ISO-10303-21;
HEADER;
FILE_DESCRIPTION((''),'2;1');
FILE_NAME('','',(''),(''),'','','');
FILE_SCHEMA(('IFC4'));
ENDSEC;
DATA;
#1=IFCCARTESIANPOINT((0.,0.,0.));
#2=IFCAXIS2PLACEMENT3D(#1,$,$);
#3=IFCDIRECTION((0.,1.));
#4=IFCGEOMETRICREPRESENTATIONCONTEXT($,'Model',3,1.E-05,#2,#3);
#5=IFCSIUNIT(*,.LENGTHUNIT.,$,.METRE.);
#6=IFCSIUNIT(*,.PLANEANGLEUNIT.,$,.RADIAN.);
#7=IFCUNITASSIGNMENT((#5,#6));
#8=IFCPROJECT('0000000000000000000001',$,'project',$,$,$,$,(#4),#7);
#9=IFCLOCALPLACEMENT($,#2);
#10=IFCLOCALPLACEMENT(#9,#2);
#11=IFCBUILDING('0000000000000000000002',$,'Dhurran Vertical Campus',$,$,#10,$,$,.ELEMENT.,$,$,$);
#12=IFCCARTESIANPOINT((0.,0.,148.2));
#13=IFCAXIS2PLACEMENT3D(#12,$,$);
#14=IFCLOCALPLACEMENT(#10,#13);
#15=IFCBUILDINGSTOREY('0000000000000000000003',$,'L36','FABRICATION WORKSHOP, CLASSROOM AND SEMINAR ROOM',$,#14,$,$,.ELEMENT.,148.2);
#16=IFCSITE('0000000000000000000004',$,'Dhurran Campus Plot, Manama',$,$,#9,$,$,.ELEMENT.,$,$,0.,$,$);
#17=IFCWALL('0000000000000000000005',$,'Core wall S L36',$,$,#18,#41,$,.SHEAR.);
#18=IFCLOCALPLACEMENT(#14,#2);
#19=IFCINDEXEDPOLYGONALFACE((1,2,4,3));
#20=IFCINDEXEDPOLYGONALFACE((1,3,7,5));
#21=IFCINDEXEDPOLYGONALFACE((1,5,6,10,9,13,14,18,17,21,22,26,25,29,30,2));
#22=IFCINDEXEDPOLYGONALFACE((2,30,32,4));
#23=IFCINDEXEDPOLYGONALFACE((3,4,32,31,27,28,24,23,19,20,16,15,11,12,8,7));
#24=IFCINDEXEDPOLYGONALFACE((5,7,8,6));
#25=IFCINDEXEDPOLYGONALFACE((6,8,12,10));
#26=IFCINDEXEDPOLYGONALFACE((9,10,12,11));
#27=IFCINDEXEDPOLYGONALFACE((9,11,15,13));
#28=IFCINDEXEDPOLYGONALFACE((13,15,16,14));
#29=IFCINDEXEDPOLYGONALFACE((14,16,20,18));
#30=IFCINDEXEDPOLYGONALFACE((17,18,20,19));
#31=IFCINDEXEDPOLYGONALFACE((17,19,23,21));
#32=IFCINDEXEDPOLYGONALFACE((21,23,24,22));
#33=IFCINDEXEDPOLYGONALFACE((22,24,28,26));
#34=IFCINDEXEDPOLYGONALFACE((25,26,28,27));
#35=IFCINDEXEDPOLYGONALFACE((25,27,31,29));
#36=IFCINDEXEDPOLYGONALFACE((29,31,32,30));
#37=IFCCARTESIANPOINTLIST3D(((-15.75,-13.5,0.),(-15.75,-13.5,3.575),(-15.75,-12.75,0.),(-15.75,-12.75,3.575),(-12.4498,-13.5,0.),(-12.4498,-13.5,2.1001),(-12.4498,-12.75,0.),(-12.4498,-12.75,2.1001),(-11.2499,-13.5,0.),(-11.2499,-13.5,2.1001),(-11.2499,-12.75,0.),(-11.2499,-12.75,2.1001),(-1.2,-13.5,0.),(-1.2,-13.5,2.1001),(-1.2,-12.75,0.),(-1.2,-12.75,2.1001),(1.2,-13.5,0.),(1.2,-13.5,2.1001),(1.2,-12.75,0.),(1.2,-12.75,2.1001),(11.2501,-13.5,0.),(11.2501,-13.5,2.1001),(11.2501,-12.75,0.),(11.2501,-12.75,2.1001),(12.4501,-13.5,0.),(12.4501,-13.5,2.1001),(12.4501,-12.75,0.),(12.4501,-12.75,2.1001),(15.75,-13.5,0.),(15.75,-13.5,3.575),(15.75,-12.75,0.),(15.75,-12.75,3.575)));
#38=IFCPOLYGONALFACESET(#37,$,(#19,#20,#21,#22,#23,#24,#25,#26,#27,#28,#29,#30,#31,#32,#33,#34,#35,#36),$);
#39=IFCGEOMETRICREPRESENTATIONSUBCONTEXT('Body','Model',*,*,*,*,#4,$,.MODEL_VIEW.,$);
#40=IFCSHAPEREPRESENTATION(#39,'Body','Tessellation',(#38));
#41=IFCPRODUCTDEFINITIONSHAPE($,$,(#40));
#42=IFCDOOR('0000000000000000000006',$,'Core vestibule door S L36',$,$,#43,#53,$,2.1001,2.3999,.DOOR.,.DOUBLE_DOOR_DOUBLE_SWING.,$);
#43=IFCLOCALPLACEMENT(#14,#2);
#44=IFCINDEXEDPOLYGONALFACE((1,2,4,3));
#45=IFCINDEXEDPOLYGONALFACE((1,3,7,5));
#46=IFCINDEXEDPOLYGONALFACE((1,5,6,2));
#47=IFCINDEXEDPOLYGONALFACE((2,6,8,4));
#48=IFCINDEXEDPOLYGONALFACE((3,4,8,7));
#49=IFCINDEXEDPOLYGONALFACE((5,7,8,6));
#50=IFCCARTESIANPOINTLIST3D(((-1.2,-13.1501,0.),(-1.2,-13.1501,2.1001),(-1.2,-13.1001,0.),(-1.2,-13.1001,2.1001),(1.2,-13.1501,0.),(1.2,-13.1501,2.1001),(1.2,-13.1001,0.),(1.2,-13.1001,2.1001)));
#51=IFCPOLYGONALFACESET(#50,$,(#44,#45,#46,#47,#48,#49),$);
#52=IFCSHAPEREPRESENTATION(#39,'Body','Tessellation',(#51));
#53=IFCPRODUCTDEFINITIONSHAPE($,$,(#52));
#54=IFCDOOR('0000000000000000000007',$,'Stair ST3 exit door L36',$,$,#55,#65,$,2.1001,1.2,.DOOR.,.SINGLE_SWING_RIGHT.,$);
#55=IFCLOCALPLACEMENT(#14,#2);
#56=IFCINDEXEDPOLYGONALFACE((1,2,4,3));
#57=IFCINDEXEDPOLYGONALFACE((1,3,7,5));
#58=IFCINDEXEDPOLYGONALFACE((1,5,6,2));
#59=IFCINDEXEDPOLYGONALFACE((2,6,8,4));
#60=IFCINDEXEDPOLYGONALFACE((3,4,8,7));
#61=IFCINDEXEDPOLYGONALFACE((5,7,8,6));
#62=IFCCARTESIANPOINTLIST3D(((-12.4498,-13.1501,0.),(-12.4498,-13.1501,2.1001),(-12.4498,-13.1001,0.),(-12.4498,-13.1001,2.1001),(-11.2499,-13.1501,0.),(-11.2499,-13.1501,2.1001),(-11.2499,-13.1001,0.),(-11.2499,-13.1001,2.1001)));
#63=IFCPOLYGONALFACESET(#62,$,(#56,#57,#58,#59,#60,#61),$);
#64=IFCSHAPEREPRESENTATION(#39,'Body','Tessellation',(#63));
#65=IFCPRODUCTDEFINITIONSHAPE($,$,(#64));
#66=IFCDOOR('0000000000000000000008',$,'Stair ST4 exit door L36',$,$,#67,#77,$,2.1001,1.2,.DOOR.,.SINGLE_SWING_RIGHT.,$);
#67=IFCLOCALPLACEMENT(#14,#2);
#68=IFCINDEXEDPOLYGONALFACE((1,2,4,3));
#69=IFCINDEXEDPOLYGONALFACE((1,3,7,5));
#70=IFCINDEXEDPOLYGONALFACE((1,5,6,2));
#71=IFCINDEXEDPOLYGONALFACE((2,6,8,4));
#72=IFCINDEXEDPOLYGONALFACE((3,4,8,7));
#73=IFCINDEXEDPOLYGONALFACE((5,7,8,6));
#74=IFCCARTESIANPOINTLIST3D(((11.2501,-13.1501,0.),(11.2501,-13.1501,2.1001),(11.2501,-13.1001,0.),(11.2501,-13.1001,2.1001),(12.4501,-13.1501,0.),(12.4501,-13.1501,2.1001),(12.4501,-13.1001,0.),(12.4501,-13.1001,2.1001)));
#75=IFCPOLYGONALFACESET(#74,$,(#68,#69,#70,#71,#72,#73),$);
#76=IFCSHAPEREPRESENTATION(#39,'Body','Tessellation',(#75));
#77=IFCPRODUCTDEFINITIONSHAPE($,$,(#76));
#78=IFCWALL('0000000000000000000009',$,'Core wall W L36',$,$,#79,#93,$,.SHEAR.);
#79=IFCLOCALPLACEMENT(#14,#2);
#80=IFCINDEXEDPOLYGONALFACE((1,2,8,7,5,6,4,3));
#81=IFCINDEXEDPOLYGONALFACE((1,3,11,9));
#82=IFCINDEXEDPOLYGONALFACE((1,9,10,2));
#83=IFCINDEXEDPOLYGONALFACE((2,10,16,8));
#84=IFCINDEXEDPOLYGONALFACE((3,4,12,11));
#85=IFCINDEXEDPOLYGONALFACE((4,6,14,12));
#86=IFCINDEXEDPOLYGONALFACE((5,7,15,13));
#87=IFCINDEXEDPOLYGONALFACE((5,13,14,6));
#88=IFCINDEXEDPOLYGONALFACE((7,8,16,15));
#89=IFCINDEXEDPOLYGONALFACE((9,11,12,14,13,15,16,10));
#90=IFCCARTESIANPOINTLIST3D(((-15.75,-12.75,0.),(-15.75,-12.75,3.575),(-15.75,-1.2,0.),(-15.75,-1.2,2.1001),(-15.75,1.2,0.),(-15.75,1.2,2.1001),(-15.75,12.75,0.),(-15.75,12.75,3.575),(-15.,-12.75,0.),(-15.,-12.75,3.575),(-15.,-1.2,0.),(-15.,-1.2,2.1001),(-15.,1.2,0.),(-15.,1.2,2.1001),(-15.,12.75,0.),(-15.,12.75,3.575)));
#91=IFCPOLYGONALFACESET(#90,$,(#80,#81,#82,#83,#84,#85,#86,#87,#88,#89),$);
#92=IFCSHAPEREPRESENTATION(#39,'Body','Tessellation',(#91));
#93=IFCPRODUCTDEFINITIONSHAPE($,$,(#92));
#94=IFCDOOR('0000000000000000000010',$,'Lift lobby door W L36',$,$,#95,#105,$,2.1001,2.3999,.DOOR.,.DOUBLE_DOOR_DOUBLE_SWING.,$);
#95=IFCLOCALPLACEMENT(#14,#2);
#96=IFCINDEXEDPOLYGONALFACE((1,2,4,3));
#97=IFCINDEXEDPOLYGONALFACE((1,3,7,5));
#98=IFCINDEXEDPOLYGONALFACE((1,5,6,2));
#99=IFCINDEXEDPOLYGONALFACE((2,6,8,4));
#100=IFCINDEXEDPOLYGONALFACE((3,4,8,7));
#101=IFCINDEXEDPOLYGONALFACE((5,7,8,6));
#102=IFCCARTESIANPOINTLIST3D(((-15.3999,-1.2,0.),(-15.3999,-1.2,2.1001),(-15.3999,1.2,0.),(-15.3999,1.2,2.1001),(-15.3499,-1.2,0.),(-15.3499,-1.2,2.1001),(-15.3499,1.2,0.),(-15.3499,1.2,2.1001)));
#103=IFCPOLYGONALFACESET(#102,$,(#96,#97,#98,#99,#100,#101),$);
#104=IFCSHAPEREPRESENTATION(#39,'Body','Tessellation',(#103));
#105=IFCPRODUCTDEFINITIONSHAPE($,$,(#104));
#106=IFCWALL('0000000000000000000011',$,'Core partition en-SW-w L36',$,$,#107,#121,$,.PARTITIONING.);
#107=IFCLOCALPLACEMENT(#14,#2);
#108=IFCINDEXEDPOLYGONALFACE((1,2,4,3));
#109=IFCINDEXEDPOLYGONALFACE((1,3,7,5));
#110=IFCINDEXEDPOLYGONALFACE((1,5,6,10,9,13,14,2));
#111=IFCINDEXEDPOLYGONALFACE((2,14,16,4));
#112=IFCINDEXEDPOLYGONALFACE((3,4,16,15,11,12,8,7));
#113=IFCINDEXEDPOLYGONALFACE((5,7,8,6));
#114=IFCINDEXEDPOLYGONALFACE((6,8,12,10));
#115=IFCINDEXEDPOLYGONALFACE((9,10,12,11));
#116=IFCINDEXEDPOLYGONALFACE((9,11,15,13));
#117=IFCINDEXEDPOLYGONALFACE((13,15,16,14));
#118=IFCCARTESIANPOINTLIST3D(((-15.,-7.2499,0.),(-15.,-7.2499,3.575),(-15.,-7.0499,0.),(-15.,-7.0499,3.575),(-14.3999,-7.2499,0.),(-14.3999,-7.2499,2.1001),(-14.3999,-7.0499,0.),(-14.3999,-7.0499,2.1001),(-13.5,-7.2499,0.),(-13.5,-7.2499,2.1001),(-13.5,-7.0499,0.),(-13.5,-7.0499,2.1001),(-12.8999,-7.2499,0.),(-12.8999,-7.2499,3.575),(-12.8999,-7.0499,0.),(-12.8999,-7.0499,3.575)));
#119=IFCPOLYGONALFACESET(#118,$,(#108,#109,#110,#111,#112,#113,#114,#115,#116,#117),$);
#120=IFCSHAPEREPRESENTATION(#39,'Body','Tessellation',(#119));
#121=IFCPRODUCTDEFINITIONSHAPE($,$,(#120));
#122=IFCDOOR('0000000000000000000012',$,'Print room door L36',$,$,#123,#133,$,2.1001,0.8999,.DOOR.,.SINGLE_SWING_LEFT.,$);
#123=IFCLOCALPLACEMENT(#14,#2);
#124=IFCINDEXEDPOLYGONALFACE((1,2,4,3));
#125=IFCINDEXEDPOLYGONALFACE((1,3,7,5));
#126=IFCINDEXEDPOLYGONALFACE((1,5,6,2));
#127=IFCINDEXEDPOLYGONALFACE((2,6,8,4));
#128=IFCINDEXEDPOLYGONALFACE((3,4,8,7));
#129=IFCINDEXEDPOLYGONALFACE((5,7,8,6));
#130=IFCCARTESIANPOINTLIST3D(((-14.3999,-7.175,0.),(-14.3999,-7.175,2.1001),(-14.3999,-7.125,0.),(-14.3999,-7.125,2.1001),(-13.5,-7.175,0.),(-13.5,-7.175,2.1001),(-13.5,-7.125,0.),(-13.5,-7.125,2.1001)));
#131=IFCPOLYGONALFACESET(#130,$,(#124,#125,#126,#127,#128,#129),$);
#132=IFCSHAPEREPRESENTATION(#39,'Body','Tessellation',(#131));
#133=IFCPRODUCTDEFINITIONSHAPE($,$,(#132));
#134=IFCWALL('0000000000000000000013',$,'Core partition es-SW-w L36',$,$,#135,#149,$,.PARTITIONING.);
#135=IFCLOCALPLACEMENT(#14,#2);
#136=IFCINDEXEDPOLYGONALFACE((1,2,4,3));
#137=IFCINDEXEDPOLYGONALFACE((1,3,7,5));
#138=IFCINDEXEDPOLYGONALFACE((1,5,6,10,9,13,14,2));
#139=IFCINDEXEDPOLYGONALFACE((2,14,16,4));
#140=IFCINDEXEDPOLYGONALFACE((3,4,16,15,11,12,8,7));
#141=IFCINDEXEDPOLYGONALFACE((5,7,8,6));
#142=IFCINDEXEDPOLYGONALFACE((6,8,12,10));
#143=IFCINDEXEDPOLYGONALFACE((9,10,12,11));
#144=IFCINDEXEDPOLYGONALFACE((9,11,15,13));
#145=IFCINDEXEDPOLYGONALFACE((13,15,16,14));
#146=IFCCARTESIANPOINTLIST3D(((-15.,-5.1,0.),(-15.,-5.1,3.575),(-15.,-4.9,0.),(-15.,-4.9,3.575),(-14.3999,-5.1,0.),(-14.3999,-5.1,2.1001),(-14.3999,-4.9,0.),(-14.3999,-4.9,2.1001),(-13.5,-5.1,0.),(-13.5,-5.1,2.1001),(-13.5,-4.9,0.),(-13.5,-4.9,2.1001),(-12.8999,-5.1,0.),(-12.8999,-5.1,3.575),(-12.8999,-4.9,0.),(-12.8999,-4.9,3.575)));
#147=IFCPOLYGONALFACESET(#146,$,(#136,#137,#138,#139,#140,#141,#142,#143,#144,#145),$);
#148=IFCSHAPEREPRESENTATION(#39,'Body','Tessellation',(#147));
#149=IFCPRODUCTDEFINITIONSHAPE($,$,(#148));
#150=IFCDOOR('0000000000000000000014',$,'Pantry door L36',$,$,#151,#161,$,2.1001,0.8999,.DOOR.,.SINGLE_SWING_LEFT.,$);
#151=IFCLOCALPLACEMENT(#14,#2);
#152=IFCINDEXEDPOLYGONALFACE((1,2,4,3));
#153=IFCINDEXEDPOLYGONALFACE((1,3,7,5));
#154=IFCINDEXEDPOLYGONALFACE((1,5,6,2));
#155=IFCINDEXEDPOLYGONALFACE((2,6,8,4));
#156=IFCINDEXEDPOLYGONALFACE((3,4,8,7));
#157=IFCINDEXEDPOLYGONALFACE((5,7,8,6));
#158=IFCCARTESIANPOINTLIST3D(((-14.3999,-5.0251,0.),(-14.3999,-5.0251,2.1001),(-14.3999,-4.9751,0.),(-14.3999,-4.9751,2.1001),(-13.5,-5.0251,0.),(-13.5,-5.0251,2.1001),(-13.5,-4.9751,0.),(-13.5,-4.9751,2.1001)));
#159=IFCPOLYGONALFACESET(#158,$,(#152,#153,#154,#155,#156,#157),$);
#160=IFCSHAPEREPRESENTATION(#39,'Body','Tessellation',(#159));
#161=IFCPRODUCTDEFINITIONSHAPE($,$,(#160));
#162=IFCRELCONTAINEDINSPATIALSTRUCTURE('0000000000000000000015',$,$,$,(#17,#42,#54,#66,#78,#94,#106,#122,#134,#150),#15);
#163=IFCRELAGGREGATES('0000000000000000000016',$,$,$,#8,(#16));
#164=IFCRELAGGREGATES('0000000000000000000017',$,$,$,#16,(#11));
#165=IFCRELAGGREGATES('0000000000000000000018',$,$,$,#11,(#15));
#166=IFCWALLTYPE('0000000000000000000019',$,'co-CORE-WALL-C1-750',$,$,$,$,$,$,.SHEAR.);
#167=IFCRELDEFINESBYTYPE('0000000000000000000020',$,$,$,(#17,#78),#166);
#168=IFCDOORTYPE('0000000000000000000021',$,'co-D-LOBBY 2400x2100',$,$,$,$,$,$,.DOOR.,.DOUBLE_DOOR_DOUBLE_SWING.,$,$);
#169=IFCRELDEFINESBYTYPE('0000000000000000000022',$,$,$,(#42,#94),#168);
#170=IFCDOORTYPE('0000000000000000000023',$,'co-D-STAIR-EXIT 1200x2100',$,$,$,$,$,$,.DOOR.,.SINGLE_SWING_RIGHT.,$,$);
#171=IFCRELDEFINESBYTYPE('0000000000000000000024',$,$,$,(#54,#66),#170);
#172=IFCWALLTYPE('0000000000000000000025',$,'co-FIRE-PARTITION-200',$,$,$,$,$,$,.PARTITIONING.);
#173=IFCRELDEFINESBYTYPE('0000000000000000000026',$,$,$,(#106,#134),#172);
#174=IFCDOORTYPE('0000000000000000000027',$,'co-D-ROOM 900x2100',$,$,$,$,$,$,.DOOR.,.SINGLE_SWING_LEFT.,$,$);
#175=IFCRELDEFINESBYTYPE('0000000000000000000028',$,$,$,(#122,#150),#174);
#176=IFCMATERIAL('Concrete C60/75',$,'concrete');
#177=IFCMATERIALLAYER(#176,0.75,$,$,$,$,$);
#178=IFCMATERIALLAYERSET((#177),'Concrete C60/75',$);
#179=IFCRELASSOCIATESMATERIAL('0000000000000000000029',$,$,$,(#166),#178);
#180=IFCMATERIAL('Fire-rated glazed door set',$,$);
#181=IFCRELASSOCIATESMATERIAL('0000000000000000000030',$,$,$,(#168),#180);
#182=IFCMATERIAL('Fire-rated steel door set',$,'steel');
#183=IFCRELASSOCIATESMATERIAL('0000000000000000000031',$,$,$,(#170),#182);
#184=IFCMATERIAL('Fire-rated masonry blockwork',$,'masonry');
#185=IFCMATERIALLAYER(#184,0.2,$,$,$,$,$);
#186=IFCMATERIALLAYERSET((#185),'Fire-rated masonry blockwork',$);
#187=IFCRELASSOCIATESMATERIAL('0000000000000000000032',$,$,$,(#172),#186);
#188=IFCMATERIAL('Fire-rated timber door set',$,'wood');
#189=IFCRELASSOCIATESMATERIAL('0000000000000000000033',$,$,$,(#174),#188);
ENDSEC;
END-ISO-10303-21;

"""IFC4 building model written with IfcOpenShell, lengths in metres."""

from ifc_helpers import new_model, si_unit, direction, frame, frame_2d, origin, place, context, subcontext, project, spatial, rectangle, extrude, material, layer, layer_set, type_object, element, fill, save


model = new_model("IFC4")

# Units and contexts
model_context = context("Model", 3, precision=1e-05, world=origin(), true_north=direction((0.0, 1.0)))
body_context = subcontext(model_context, "Body", "Model", "MODEL_VIEW")
ifc_project = project(units=[si_unit("LENGTHUNIT", "METRE"), si_unit("PLANEANGLEUNIT", "RADIAN")], contexts=[model_context])

# Site, building, storey
site_placement = place(None, origin())
site = spatial("IfcSite", under=ifc_project, at=site_placement, Name="Dhurran Campus Plot, Manama", CompositionType="ELEMENT", RefElevation=0.0)
building_placement = place(site_placement, origin())
building = spatial("IfcBuilding", under=site, at=building_placement, Name="Dhurran Vertical Campus", CompositionType="ELEMENT")
storey_placement = place(building_placement, frame((0.0, 0.0, 148.2)))
storey = spatial("IfcBuildingStorey", under=building, at=storey_placement, Name="L36", Description="FABRICATION WORKSHOP, CLASSROOM AND SEMINAR ROOM", CompositionType="ELEMENT", Elevation=148.2)

# Wall, openings, doors
ifc_material_1 = material(Name="Concrete C60/75", Category="concrete")
ifc_layer_1 = layer(ifc_material_1, 0.75)
ifc_layer_set_1 = layer_set([ifc_layer_1], Name="Concrete C60/75")
wall_type_1 = type_object("IfcWallType", Name="co-CORE-WALL-C1-750", PredefinedType="SHEAR", material=ifc_layer_set_1)
wall_1_placement = place(storey_placement, frame((-15.75, -13.125, 0.0), z_axis=(0.0, 0.0, 1.0), x_axis=(1.0, 0.0, 0.0)))
wall_1 = element("IfcWall", 1, at=wall_1_placement, inside=storey, type_object=wall_type_1, Name="Core wall S L36", PredefinedType="SHEAR", context=body_context, shape_type="SweptSolid", body=[
    extrude(rectangle(XDim=31.5, YDim=0.75, at=frame_2d((15.75, 0.0))), origin(), (0.0, 0.0, 1.0), 3.575),
])
opening_1_placement = place(wall_1_placement, frame((14.55, 0.0, 0.0)))
opening_1 = element("IfcOpeningElement", 2, at=opening_1_placement, cuts=wall_1, PredefinedType="OPENING", context=body_context, shape_type="SweptSolid", body=[
    extrude(rectangle(XDim=2.3999, YDim=2.1001, at=frame_2d((1.2, 1.05))), frame((0.0, 0.385, 0.0), z_axis=(0.0, -1.0, 0.0), x_axis=(1.0, 0.0, 0.0)), (0.0, 0.0, 1.0), 0.77),
])
opening_2_placement = place(wall_1_placement, frame((3.3, 0.0, 0.0)))
opening_2 = element("IfcOpeningElement", 3, at=opening_2_placement, cuts=wall_1, PredefinedType="OPENING", context=body_context, shape_type="SweptSolid", body=[
    extrude(rectangle(XDim=1.2, YDim=2.1001, at=frame_2d((0.6001, 1.05))), frame((0.0, 0.385, 0.0), z_axis=(0.0, -1.0, 0.0), x_axis=(1.0, 0.0, 0.0)), (0.0, 0.0, 1.0), 0.77),
])
opening_3_placement = place(wall_1_placement, frame((27.0, 0.0, 0.0)))
opening_3 = element("IfcOpeningElement", 4, at=opening_3_placement, cuts=wall_1, PredefinedType="OPENING", context=body_context, shape_type="SweptSolid", body=[
    extrude(rectangle(XDim=1.2, YDim=2.1001, at=frame_2d((0.6001, 1.05))), frame((0.0, 0.385, 0.0), z_axis=(0.0, -1.0, 0.0), x_axis=(1.0, 0.0, 0.0)), (0.0, 0.0, 1.0), 0.77),
])
ifc_material_2 = material(Name="Fire-rated glazed door set")
door_type_1 = type_object("IfcDoorType", Name="co-D-LOBBY 2400x2100", OperationType="DOUBLE_DOOR_DOUBLE_SWING", PredefinedType="DOOR", material=ifc_material_2)
door_1_placement = place(opening_1_placement, origin())
door_1 = element("IfcDoor", 5, at=door_1_placement, inside=storey, type_object=door_type_1, Name="Core vestibule door S L36", OperationType="DOUBLE_DOOR_DOUBLE_SWING", OverallHeight=2.1001, OverallWidth=2.3999, PredefinedType="DOOR", context=body_context, shape_type="SweptSolid", body=[
    extrude(rectangle(XDim=2.3999, YDim=2.1001, at=frame_2d((1.2, 1.05))), frame((0.0, 0.0249, 0.0), z_axis=(0.0, -1.0, 0.0), x_axis=(1.0, 0.0, 0.0)), (0.0, 0.0, 1.0), 0.05),
])
fill(opening_1, door_1)
ifc_material_3 = material(Name="Fire-rated steel door set", Category="steel")
door_type_2 = type_object("IfcDoorType", Name="co-D-STAIR-EXIT 1200x2100", OperationType="SINGLE_SWING_RIGHT", PredefinedType="DOOR", material=ifc_material_3)
door_2_placement = place(opening_2_placement, origin())
door_2 = element("IfcDoor", 6, at=door_2_placement, inside=storey, type_object=door_type_2, Name="Stair ST3 exit door L36", OperationType="SINGLE_SWING_RIGHT", OverallHeight=2.1001, OverallWidth=1.2, PredefinedType="DOOR", context=body_context, shape_type="SweptSolid", body=[
    extrude(rectangle(XDim=1.2, YDim=2.1001, at=frame_2d((0.6001, 1.05))), frame((0.0, 0.0249, 0.0), z_axis=(0.0, -1.0, 0.0), x_axis=(1.0, 0.0, 0.0)), (0.0, 0.0, 1.0), 0.05),
])
fill(opening_2, door_2)
door_3_placement = place(opening_3_placement, origin())
door_3 = element("IfcDoor", 7, at=door_3_placement, inside=storey, type_object=door_type_2, Name="Stair ST4 exit door L36", OperationType="SINGLE_SWING_RIGHT", OverallHeight=2.1001, OverallWidth=1.2, PredefinedType="DOOR", context=body_context, shape_type="SweptSolid", body=[
    extrude(rectangle(XDim=1.2, YDim=2.1001, at=frame_2d((0.6001, 1.05))), frame((0.0, 0.0249, 0.0), z_axis=(0.0, -1.0, 0.0), x_axis=(1.0, 0.0, 0.0)), (0.0, 0.0, 1.0), 0.05),
])
fill(opening_3, door_3)

# Walls, openings, doors
wall_2_placement = place(storey_placement, frame((-15.375, -12.75, 0.0), z_axis=(0.0, 0.0, 1.0), x_axis=(0.0, 1.0, 0.0)))
wall_2 = element("IfcWall", 8, at=wall_2_placement, inside=storey, type_object=wall_type_1, Name="Core wall W L36", PredefinedType="SHEAR", context=body_context, shape_type="SweptSolid", body=[
    extrude(rectangle(XDim=25.5, YDim=0.75, at=frame_2d((12.75, 0.0))), origin(), (0.0, 0.0, 1.0), 3.575),
])
opening_4_placement = place(wall_2_placement, frame((11.55, 0.0, 0.0)))
opening_4 = element("IfcOpeningElement", 9, at=opening_4_placement, cuts=wall_2, PredefinedType="OPENING", context=body_context, shape_type="SweptSolid", body=[
    extrude(rectangle(XDim=2.3999, YDim=2.1001, at=frame_2d((1.2, 1.05))), frame((0.0, 0.385, 0.0), z_axis=(0.0, -1.0, 0.0), x_axis=(1.0, 0.0, 0.0)), (0.0, 0.0, 1.0), 0.77),
])
door_4_placement = place(opening_4_placement, origin())
door_4 = element("IfcDoor", 10, at=door_4_placement, inside=storey, type_object=door_type_1, Name="Lift lobby door W L36", OperationType="DOUBLE_DOOR_DOUBLE_SWING", OverallHeight=2.1001, OverallWidth=2.3999, PredefinedType="DOOR", context=body_context, shape_type="SweptSolid", body=[
    extrude(rectangle(XDim=2.3999, YDim=2.1001, at=frame_2d((1.2, 1.05))), frame((0.0, 0.0249, 0.0), z_axis=(0.0, -1.0, 0.0), x_axis=(1.0, 0.0, 0.0)), (0.0, 0.0, 1.0), 0.05),
])
fill(opening_4, door_4)
ifc_material_4 = material(Name="Fire-rated masonry blockwork", Category="masonry")
ifc_layer_2 = layer(ifc_material_4, 0.2)
ifc_layer_set_2 = layer_set([ifc_layer_2], Name="Fire-rated masonry blockwork")
wall_type_2 = type_object("IfcWallType", Name="co-FIRE-PARTITION-200", PredefinedType="PARTITIONING", material=ifc_layer_set_2)
wall_3_placement = place(storey_placement, frame((-15.0, -7.1499, 0.0), z_axis=(0.0, 0.0, 1.0), x_axis=(1.0, 0.0, 0.0)))
wall_3 = element("IfcWall", 11, at=wall_3_placement, inside=storey, type_object=wall_type_2, Name="Core partition en-SW-w L36", PredefinedType="PARTITIONING", context=body_context, shape_type="SweptSolid", body=[
    extrude(rectangle(XDim=2.1001, YDim=0.2, at=frame_2d((1.05, 0.0))), origin(), (0.0, 0.0, 1.0), 3.575),
])
opening_5_placement = place(wall_3_placement, frame((0.6001, 0.0, 0.0)))
opening_5 = element("IfcOpeningElement", 12, at=opening_5_placement, cuts=wall_3, PredefinedType="OPENING", context=body_context, shape_type="SweptSolid", body=[
    extrude(rectangle(XDim=0.8999, YDim=2.1001, at=frame_2d((0.45, 1.05))), frame((0.0, 0.1099, 0.0), z_axis=(0.0, -1.0, 0.0), x_axis=(1.0, 0.0, 0.0)), (0.0, 0.0, 1.0), 0.22),
])
ifc_material_5 = material(Name="Fire-rated timber door set", Category="wood")
door_type_3 = type_object("IfcDoorType", Name="co-D-ROOM 900x2100", OperationType="SINGLE_SWING_LEFT", PredefinedType="DOOR", material=ifc_material_5)
door_5_placement = place(opening_5_placement, origin())
door_5 = element("IfcDoor", 13, at=door_5_placement, inside=storey, type_object=door_type_3, Name="Print room door L36", OperationType="SINGLE_SWING_LEFT", OverallHeight=2.1001, OverallWidth=0.8999, PredefinedType="DOOR", context=body_context, shape_type="SweptSolid", body=[
    extrude(rectangle(XDim=0.8999, YDim=2.1001, at=frame_2d((0.45, 1.05))), frame((0.0, 0.0249, 0.0), z_axis=(0.0, -1.0, 0.0), x_axis=(1.0, 0.0, 0.0)), (0.0, 0.0, 1.0), 0.05),
])
fill(opening_5, door_5)
wall_4_placement = place(storey_placement, frame((-15.0, -5.0, 0.0), z_axis=(0.0, 0.0, 1.0), x_axis=(1.0, 0.0, 0.0)))
wall_4 = element("IfcWall", 14, at=wall_4_placement, inside=storey, type_object=wall_type_2, Name="Core partition es-SW-w L36", PredefinedType="PARTITIONING", context=body_context, shape_type="SweptSolid", body=[
    extrude(rectangle(XDim=2.1001, YDim=0.2, at=frame_2d((1.05, 0.0))), origin(), (0.0, 0.0, 1.0), 3.575),
])
opening_6_placement = place(wall_4_placement, frame((0.6001, 0.0, 0.0)))
opening_6 = element("IfcOpeningElement", 15, at=opening_6_placement, cuts=wall_4, PredefinedType="OPENING", context=body_context, shape_type="SweptSolid", body=[
    extrude(rectangle(XDim=0.8999, YDim=2.1001, at=frame_2d((0.45, 1.05))), frame((0.0, 0.1099, 0.0), z_axis=(0.0, -1.0, 0.0), x_axis=(1.0, 0.0, 0.0)), (0.0, 0.0, 1.0), 0.22),
])
door_6_placement = place(opening_6_placement, origin())
door_6 = element("IfcDoor", 16, at=door_6_placement, inside=storey, type_object=door_type_3, Name="Pantry door L36", OperationType="SINGLE_SWING_LEFT", OverallHeight=2.1001, OverallWidth=0.8999, PredefinedType="DOOR", context=body_context, shape_type="SweptSolid", body=[
    extrude(rectangle(XDim=0.8999, YDim=2.1001, at=frame_2d((0.45, 1.05))), frame((0.0, 0.0249, 0.0), z_axis=(0.0, -1.0, 0.0), x_axis=(1.0, 0.0, 0.0)), (0.0, 0.0, 1.0), 0.05),
])
fill(opening_6, door_6)

save(model, "model.ifc")
